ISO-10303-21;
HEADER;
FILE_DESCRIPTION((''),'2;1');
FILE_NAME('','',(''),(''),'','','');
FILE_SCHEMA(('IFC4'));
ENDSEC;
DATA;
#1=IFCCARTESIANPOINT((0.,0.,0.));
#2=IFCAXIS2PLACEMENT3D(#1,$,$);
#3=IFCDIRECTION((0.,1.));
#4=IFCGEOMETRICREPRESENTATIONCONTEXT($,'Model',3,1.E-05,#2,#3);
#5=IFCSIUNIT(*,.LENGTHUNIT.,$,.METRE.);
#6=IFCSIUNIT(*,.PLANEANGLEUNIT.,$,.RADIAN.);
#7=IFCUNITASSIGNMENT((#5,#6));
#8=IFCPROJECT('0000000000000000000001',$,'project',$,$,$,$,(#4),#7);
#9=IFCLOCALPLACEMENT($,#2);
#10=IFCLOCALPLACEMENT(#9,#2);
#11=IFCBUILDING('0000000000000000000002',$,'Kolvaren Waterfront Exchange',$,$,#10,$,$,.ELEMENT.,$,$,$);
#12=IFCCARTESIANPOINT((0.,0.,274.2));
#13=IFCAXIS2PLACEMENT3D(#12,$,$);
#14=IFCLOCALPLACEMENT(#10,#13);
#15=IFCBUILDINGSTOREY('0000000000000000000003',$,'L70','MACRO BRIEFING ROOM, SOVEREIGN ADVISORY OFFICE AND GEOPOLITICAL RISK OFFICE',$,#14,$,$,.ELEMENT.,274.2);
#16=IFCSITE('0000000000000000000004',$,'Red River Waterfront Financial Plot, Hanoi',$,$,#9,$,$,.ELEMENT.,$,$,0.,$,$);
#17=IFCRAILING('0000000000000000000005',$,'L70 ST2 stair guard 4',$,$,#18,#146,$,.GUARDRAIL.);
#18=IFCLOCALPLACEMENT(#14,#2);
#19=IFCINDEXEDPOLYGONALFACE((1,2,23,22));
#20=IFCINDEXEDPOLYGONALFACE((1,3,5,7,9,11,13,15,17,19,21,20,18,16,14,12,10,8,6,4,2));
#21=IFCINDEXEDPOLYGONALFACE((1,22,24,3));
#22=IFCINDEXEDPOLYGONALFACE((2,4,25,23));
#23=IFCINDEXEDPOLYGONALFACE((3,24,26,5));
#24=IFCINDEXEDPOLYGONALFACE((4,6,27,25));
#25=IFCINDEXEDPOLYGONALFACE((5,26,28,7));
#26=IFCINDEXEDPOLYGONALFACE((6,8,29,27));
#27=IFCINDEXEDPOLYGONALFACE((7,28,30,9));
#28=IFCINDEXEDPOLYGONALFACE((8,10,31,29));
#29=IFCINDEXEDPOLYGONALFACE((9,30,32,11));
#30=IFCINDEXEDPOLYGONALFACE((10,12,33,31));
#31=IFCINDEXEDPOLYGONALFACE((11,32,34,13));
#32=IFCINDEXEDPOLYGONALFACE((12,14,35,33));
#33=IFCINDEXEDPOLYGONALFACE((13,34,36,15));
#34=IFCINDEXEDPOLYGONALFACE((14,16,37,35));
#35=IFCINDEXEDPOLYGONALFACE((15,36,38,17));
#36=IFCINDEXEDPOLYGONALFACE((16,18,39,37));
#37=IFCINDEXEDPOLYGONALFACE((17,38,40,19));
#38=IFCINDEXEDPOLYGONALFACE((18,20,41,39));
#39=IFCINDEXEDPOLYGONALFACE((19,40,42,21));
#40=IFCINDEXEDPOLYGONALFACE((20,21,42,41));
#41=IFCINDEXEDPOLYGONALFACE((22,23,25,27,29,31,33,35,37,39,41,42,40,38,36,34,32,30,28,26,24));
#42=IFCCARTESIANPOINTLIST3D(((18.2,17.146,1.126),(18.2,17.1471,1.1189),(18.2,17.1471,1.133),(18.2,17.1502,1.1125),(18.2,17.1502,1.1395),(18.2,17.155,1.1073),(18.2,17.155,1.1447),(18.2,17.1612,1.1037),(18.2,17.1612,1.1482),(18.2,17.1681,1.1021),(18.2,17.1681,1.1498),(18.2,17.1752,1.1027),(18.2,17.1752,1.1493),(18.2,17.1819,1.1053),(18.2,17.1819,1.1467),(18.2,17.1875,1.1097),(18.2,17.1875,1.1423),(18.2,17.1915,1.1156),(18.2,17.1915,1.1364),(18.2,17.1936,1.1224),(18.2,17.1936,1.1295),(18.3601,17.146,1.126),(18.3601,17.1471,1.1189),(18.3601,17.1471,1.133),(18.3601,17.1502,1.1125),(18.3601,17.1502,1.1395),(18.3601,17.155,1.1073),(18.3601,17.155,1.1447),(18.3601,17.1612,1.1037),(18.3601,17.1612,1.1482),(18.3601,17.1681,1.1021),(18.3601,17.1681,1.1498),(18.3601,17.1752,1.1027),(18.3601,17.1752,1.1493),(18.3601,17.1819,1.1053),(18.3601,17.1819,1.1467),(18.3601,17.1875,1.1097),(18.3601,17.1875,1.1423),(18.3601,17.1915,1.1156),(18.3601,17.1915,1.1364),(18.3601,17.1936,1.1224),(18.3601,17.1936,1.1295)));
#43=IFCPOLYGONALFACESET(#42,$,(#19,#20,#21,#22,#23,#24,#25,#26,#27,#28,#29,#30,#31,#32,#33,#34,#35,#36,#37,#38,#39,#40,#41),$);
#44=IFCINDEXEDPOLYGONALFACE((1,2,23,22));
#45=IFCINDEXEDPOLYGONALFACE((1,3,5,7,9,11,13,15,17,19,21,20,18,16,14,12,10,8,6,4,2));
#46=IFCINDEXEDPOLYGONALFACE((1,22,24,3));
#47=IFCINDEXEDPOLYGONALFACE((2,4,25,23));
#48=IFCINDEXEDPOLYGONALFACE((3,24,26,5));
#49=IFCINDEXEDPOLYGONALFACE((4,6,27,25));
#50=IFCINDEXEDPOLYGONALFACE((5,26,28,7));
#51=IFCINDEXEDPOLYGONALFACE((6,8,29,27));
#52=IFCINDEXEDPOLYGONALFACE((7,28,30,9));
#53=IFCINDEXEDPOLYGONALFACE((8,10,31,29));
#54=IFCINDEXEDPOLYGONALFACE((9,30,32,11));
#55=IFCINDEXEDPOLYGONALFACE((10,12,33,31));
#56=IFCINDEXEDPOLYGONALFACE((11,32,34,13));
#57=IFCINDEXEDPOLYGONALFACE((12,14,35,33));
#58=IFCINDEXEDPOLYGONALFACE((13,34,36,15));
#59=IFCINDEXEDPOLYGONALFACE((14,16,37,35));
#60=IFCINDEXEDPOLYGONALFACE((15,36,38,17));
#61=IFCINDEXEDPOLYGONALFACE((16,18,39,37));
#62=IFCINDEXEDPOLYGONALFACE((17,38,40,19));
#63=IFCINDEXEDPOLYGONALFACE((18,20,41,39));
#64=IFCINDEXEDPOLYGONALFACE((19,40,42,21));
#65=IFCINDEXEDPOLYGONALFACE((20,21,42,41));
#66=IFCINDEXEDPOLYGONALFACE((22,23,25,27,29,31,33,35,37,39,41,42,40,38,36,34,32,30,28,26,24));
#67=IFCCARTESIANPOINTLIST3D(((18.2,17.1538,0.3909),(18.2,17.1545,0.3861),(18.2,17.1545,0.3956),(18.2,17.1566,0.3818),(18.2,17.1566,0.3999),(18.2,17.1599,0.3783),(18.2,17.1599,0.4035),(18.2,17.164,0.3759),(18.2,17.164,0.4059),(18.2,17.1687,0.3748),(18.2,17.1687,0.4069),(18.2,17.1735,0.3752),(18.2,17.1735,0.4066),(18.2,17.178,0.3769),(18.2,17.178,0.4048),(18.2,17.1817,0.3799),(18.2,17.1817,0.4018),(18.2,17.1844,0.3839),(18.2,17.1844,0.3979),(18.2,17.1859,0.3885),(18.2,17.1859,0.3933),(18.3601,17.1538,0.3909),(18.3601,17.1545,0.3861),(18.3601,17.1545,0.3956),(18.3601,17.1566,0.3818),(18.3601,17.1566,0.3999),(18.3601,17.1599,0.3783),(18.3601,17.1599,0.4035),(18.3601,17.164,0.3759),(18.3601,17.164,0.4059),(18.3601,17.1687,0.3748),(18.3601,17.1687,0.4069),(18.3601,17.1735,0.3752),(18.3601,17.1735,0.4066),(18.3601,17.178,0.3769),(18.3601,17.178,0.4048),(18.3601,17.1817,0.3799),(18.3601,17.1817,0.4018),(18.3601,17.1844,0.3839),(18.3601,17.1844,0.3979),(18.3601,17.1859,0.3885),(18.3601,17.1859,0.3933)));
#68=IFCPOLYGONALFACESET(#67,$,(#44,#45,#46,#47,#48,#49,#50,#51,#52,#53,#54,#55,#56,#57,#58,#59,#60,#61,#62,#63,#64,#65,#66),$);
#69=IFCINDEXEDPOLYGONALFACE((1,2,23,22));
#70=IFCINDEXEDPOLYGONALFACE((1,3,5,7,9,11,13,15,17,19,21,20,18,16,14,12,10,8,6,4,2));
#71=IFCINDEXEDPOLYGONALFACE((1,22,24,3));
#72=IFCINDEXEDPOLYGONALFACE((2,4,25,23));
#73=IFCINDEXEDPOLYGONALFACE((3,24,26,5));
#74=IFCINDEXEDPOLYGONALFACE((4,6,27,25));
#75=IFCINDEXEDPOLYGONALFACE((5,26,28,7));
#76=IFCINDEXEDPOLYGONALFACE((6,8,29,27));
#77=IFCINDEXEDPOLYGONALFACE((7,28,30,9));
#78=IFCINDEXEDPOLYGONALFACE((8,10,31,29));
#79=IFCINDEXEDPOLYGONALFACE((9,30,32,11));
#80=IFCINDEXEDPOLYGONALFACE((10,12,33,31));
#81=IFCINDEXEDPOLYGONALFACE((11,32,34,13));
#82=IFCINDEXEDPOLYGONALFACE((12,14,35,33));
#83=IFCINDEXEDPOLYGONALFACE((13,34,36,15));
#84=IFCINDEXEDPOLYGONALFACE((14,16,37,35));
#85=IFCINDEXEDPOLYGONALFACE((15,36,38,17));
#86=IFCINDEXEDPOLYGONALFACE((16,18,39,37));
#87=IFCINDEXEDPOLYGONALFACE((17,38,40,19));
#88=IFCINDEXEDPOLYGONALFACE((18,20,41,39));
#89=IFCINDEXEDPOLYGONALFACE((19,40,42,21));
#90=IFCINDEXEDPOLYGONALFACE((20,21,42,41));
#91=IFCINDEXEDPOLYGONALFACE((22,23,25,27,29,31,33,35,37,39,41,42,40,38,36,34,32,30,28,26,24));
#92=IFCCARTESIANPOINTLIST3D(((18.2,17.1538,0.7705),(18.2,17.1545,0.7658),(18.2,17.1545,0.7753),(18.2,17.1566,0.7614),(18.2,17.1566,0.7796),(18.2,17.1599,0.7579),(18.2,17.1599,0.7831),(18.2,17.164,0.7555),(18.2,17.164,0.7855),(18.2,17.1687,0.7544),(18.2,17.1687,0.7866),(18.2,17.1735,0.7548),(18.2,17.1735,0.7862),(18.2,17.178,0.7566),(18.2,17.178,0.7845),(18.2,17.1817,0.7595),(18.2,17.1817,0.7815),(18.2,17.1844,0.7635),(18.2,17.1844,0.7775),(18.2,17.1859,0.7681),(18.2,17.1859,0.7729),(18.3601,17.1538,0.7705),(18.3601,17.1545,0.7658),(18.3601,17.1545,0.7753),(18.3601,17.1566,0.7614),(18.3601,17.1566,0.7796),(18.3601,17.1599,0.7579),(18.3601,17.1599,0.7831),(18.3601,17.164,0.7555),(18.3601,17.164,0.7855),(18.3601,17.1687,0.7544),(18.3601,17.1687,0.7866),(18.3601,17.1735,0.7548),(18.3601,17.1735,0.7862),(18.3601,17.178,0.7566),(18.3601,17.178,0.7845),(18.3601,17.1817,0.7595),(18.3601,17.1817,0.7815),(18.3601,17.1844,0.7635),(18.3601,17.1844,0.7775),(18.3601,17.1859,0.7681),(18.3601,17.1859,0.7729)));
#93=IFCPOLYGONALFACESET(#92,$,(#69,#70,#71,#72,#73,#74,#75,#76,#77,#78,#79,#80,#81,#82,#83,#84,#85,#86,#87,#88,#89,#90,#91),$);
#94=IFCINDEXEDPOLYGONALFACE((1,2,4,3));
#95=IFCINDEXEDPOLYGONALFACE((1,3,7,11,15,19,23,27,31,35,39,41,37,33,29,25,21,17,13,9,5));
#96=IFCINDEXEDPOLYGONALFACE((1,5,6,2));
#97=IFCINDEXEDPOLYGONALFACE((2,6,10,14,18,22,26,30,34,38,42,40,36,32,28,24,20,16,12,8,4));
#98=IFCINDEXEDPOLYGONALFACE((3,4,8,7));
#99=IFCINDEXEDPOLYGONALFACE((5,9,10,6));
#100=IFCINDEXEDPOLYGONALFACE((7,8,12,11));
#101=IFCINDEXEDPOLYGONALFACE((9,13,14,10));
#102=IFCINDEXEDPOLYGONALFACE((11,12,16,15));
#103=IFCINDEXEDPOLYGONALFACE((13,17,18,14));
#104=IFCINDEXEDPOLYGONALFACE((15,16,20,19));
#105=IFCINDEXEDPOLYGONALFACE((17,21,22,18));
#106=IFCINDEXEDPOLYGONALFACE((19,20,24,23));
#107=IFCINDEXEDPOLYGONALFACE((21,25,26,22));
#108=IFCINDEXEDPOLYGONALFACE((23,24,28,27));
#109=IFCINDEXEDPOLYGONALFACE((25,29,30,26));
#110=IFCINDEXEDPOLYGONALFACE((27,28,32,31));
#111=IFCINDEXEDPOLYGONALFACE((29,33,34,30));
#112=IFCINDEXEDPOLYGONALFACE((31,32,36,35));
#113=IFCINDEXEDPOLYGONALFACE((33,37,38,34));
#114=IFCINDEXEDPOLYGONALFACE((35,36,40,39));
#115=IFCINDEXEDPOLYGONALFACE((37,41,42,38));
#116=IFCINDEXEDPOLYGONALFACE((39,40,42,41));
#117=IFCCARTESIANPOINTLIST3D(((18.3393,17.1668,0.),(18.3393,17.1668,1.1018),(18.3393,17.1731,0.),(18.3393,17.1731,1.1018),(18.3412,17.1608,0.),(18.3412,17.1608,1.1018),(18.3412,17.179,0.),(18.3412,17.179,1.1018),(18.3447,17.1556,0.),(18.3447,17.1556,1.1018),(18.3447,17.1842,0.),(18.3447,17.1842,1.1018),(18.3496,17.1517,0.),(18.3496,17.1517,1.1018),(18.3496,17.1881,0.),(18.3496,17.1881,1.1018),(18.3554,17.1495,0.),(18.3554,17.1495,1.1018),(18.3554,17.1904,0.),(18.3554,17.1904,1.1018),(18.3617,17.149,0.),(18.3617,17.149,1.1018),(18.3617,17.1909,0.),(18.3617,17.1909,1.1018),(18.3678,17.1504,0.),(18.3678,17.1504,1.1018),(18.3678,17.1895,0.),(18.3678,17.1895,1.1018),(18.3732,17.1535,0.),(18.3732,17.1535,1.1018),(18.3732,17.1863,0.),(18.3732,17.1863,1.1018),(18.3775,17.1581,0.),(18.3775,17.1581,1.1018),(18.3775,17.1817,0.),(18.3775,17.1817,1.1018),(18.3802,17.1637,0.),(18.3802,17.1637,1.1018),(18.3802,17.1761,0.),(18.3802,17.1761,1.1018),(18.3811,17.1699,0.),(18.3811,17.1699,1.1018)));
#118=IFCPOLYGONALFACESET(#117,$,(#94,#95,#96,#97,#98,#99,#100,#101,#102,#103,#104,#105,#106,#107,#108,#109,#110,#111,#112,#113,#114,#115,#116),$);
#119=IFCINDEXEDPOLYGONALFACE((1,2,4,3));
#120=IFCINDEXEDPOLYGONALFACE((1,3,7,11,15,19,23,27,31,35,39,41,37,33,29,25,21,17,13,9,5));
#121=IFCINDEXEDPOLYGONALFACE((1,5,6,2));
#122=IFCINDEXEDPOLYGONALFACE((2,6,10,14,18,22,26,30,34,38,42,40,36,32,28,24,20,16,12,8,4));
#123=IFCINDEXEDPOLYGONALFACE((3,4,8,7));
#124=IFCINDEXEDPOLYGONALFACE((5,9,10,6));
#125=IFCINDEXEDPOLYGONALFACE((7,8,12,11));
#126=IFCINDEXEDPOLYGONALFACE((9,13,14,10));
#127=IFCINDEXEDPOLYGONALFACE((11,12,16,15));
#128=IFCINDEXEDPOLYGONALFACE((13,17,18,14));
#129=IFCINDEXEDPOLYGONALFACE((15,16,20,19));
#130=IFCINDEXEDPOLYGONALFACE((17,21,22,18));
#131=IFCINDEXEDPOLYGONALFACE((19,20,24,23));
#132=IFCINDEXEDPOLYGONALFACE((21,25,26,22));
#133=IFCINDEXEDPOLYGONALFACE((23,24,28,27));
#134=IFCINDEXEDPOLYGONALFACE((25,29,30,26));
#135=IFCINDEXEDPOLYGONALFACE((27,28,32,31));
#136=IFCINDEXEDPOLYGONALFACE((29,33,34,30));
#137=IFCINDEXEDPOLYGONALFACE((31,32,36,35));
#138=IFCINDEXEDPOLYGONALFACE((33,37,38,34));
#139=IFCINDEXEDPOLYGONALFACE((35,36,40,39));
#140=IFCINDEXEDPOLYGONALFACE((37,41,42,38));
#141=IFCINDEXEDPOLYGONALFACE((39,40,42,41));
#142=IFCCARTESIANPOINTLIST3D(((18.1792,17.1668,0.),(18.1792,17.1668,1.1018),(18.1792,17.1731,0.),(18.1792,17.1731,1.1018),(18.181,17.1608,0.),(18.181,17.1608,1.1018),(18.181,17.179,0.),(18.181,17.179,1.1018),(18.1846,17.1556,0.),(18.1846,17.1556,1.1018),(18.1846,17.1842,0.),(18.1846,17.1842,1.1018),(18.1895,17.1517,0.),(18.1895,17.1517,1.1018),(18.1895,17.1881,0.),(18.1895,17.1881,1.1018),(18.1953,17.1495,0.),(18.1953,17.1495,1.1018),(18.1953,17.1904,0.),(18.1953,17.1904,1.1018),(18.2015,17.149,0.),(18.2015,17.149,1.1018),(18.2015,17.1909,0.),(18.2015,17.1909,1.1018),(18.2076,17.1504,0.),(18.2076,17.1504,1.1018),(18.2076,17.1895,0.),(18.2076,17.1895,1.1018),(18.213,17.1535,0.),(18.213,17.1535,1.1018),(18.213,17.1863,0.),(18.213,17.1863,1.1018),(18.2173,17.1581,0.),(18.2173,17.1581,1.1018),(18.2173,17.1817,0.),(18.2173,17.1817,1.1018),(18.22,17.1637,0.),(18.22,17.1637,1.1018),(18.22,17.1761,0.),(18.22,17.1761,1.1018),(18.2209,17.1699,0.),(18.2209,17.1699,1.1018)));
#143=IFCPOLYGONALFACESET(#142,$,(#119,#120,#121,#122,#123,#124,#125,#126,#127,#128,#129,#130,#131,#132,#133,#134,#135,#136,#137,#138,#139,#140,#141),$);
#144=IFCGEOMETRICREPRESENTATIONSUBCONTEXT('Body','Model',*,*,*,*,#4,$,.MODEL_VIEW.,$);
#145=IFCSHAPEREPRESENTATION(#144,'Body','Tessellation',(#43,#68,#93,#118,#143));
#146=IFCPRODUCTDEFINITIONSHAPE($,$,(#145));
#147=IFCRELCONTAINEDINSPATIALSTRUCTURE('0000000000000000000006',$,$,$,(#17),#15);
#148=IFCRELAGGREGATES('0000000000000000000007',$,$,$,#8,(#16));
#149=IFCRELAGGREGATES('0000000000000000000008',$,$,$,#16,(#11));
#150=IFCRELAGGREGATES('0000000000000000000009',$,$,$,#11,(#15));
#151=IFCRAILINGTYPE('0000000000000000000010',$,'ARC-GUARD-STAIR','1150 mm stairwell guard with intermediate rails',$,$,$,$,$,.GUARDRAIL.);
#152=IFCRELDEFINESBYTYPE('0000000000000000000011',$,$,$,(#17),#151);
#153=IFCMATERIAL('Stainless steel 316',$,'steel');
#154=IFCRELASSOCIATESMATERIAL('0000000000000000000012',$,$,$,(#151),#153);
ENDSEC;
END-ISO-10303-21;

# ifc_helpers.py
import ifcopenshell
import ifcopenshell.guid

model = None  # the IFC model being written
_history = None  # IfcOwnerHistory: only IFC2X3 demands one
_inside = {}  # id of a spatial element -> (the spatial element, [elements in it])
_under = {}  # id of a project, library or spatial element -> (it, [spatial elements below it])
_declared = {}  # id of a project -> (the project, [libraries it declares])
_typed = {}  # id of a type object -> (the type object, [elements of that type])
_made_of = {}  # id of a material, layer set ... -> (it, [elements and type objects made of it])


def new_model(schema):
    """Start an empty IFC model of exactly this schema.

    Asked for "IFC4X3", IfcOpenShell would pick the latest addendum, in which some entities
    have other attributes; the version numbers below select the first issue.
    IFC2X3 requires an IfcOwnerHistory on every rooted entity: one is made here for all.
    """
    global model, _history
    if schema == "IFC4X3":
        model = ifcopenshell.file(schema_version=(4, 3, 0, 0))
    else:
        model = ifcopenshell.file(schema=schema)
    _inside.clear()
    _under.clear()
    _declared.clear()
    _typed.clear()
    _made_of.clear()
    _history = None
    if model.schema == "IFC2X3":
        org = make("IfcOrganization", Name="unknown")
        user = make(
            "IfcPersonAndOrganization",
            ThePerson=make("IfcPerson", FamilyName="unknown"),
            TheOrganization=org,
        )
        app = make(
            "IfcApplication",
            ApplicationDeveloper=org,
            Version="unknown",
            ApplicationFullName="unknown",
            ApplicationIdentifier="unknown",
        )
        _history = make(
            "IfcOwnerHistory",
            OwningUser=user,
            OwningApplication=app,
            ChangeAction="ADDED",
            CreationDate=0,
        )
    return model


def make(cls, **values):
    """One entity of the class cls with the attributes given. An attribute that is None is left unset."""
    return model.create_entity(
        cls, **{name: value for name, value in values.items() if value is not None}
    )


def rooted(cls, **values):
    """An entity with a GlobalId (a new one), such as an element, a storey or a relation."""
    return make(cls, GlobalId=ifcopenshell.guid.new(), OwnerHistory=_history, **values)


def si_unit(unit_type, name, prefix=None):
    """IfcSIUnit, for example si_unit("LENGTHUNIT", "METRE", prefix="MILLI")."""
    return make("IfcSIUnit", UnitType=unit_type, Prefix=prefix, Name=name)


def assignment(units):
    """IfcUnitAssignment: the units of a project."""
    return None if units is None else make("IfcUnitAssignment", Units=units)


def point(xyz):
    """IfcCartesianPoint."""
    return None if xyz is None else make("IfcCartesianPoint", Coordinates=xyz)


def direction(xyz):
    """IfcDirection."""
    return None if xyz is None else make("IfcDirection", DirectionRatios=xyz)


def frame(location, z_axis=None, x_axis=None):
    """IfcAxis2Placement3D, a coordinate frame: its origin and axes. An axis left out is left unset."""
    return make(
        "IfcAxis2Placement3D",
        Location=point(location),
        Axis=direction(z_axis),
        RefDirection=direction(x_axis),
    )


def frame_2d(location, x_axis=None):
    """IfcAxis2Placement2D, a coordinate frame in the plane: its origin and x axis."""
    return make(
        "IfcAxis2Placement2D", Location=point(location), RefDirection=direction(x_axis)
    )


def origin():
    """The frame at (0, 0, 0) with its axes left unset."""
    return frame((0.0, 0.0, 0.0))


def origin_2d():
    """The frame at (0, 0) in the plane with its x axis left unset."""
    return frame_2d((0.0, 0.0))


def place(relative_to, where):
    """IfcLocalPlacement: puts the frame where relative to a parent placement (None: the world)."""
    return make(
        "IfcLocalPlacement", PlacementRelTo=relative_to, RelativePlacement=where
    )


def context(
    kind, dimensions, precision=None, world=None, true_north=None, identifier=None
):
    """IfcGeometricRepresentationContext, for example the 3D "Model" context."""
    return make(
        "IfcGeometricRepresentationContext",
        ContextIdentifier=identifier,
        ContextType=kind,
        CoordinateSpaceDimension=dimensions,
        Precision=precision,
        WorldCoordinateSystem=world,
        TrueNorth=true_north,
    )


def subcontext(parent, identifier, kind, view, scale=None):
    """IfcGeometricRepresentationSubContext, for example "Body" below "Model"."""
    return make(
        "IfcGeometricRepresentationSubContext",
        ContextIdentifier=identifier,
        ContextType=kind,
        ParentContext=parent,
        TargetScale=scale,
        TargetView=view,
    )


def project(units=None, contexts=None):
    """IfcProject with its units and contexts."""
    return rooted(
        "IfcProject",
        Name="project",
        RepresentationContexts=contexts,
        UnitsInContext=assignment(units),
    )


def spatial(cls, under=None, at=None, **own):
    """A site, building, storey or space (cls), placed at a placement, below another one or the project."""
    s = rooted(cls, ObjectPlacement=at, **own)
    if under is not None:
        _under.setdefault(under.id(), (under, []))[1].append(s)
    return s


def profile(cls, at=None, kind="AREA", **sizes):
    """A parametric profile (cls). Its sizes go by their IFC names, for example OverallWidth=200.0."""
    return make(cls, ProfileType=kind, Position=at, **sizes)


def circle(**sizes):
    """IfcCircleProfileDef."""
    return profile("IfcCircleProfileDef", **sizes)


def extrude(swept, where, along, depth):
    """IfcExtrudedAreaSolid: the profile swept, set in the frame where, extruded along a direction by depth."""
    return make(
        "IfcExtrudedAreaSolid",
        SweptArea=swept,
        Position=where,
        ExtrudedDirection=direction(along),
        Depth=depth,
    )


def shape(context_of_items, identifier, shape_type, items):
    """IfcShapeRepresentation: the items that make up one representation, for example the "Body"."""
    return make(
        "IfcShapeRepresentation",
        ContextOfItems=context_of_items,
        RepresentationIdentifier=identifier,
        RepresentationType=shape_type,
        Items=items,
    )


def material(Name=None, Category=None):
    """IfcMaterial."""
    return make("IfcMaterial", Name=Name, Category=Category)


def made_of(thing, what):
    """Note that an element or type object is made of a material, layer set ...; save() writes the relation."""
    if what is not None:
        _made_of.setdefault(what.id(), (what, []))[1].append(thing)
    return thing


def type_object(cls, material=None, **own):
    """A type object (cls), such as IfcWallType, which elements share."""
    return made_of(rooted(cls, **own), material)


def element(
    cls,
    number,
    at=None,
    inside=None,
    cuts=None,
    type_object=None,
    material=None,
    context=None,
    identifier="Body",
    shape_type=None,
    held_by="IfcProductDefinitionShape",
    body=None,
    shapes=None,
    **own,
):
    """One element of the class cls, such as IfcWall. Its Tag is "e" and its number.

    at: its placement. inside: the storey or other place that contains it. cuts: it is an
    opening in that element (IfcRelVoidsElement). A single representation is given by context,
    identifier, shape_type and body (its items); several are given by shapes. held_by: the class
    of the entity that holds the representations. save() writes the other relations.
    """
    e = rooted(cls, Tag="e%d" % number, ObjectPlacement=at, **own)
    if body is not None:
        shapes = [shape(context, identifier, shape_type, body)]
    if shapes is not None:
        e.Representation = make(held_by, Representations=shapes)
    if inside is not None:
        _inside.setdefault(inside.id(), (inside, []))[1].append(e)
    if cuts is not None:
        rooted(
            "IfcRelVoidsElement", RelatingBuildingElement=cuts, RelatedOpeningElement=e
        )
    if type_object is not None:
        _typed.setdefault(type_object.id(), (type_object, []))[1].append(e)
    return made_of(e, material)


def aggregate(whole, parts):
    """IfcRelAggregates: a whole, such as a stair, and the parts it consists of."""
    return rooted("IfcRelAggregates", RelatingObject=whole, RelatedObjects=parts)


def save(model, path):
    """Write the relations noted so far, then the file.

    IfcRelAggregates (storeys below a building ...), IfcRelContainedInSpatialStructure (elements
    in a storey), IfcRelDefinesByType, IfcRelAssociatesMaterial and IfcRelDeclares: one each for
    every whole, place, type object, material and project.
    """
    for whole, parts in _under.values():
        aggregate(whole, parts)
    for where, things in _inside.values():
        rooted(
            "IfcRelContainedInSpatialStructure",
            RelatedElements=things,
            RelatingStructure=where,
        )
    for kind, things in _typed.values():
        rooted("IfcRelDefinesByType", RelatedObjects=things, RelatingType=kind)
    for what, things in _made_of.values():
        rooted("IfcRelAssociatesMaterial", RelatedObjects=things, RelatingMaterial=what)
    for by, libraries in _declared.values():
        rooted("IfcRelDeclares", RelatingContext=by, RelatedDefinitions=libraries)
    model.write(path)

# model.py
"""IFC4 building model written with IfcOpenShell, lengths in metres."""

from ifc_helpers import new_model, si_unit, direction, frame, origin, origin_2d, place, context, subcontext, project, spatial, circle, extrude, material, type_object, element, save


model = new_model("IFC4")

# Units and contexts
model_context = context("Model", 3, precision=1e-05, world=origin(), true_north=direction((0.0, 1.0)))
body_context = subcontext(model_context, "Body", "Model", "MODEL_VIEW")
ifc_project = project(units=[si_unit("LENGTHUNIT", "METRE"), si_unit("PLANEANGLEUNIT", "RADIAN")], contexts=[model_context])

# Site, building, storey
site_placement = place(None, origin())
site = spatial("IfcSite", under=ifc_project, at=site_placement, Name="Red River Waterfront Financial Plot, Hanoi", CompositionType="ELEMENT", RefElevation=0.0)
building_placement = place(site_placement, origin())
building = spatial("IfcBuilding", under=site, at=building_placement, Name="Kolvaren Waterfront Exchange", CompositionType="ELEMENT")
storey_placement = place(building_placement, frame((0.0, 0.0, 274.2)))
storey = spatial("IfcBuildingStorey", under=building, at=storey_placement, Name="L70", Description="MACRO BRIEFING ROOM, SOVEREIGN ADVISORY OFFICE AND GEOPOLITICAL RISK OFFICE", CompositionType="ELEMENT", Elevation=274.2)

# Railing
ifc_material_1 = material(Name="Stainless steel 316", Category="steel")
railing_type_1 = type_object("IfcRailingType", Name="ARC-GUARD-STAIR", Description="1150 mm stairwell guard with intermediate rails", PredefinedType="GUARDRAIL", material=ifc_material_1)
railing_1_placement = place(storey_placement, frame((18.3601, 17.1699, 0.0)))
element("IfcRailing", 1, at=railing_1_placement, inside=storey, type_object=railing_type_1, Name="L70 ST2 stair guard 4", PredefinedType="GUARDRAIL", context=body_context, shape_type="SweptSolid", body=[
    extrude(circle(Radius=0.0239, at=origin_2d()), frame((0.0, 0.0, 1.126), z_axis=(-1.0, 0.0, 0.0), x_axis=(0.0, -1.0, 0.0)), (0.0, 0.0, 1.0), 0.1602),
    extrude(circle(Radius=0.0161, at=origin_2d()), frame((0.0, 0.0, 0.3909), z_axis=(-1.0, 0.0, 0.0), x_axis=(0.0, -1.0, 0.0)), (0.0, 0.0, 1.0), 0.1602),
    extrude(circle(Radius=0.0161, at=origin_2d()), frame((0.0, 0.0, 0.7705), z_axis=(-1.0, 0.0, 0.0), x_axis=(0.0, -1.0, 0.0)), (0.0, 0.0, 1.0), 0.1602),
    extrude(circle(Radius=0.021, at=origin_2d()), origin(), (0.0, 0.0, 1.0), 1.1018),
    extrude(circle(Radius=0.021, at=origin_2d()), frame((-0.1602, 0.0, 0.0)), (0.0, 0.0, 1.0), 1.1018),
])

save(model, "model.ifc")
